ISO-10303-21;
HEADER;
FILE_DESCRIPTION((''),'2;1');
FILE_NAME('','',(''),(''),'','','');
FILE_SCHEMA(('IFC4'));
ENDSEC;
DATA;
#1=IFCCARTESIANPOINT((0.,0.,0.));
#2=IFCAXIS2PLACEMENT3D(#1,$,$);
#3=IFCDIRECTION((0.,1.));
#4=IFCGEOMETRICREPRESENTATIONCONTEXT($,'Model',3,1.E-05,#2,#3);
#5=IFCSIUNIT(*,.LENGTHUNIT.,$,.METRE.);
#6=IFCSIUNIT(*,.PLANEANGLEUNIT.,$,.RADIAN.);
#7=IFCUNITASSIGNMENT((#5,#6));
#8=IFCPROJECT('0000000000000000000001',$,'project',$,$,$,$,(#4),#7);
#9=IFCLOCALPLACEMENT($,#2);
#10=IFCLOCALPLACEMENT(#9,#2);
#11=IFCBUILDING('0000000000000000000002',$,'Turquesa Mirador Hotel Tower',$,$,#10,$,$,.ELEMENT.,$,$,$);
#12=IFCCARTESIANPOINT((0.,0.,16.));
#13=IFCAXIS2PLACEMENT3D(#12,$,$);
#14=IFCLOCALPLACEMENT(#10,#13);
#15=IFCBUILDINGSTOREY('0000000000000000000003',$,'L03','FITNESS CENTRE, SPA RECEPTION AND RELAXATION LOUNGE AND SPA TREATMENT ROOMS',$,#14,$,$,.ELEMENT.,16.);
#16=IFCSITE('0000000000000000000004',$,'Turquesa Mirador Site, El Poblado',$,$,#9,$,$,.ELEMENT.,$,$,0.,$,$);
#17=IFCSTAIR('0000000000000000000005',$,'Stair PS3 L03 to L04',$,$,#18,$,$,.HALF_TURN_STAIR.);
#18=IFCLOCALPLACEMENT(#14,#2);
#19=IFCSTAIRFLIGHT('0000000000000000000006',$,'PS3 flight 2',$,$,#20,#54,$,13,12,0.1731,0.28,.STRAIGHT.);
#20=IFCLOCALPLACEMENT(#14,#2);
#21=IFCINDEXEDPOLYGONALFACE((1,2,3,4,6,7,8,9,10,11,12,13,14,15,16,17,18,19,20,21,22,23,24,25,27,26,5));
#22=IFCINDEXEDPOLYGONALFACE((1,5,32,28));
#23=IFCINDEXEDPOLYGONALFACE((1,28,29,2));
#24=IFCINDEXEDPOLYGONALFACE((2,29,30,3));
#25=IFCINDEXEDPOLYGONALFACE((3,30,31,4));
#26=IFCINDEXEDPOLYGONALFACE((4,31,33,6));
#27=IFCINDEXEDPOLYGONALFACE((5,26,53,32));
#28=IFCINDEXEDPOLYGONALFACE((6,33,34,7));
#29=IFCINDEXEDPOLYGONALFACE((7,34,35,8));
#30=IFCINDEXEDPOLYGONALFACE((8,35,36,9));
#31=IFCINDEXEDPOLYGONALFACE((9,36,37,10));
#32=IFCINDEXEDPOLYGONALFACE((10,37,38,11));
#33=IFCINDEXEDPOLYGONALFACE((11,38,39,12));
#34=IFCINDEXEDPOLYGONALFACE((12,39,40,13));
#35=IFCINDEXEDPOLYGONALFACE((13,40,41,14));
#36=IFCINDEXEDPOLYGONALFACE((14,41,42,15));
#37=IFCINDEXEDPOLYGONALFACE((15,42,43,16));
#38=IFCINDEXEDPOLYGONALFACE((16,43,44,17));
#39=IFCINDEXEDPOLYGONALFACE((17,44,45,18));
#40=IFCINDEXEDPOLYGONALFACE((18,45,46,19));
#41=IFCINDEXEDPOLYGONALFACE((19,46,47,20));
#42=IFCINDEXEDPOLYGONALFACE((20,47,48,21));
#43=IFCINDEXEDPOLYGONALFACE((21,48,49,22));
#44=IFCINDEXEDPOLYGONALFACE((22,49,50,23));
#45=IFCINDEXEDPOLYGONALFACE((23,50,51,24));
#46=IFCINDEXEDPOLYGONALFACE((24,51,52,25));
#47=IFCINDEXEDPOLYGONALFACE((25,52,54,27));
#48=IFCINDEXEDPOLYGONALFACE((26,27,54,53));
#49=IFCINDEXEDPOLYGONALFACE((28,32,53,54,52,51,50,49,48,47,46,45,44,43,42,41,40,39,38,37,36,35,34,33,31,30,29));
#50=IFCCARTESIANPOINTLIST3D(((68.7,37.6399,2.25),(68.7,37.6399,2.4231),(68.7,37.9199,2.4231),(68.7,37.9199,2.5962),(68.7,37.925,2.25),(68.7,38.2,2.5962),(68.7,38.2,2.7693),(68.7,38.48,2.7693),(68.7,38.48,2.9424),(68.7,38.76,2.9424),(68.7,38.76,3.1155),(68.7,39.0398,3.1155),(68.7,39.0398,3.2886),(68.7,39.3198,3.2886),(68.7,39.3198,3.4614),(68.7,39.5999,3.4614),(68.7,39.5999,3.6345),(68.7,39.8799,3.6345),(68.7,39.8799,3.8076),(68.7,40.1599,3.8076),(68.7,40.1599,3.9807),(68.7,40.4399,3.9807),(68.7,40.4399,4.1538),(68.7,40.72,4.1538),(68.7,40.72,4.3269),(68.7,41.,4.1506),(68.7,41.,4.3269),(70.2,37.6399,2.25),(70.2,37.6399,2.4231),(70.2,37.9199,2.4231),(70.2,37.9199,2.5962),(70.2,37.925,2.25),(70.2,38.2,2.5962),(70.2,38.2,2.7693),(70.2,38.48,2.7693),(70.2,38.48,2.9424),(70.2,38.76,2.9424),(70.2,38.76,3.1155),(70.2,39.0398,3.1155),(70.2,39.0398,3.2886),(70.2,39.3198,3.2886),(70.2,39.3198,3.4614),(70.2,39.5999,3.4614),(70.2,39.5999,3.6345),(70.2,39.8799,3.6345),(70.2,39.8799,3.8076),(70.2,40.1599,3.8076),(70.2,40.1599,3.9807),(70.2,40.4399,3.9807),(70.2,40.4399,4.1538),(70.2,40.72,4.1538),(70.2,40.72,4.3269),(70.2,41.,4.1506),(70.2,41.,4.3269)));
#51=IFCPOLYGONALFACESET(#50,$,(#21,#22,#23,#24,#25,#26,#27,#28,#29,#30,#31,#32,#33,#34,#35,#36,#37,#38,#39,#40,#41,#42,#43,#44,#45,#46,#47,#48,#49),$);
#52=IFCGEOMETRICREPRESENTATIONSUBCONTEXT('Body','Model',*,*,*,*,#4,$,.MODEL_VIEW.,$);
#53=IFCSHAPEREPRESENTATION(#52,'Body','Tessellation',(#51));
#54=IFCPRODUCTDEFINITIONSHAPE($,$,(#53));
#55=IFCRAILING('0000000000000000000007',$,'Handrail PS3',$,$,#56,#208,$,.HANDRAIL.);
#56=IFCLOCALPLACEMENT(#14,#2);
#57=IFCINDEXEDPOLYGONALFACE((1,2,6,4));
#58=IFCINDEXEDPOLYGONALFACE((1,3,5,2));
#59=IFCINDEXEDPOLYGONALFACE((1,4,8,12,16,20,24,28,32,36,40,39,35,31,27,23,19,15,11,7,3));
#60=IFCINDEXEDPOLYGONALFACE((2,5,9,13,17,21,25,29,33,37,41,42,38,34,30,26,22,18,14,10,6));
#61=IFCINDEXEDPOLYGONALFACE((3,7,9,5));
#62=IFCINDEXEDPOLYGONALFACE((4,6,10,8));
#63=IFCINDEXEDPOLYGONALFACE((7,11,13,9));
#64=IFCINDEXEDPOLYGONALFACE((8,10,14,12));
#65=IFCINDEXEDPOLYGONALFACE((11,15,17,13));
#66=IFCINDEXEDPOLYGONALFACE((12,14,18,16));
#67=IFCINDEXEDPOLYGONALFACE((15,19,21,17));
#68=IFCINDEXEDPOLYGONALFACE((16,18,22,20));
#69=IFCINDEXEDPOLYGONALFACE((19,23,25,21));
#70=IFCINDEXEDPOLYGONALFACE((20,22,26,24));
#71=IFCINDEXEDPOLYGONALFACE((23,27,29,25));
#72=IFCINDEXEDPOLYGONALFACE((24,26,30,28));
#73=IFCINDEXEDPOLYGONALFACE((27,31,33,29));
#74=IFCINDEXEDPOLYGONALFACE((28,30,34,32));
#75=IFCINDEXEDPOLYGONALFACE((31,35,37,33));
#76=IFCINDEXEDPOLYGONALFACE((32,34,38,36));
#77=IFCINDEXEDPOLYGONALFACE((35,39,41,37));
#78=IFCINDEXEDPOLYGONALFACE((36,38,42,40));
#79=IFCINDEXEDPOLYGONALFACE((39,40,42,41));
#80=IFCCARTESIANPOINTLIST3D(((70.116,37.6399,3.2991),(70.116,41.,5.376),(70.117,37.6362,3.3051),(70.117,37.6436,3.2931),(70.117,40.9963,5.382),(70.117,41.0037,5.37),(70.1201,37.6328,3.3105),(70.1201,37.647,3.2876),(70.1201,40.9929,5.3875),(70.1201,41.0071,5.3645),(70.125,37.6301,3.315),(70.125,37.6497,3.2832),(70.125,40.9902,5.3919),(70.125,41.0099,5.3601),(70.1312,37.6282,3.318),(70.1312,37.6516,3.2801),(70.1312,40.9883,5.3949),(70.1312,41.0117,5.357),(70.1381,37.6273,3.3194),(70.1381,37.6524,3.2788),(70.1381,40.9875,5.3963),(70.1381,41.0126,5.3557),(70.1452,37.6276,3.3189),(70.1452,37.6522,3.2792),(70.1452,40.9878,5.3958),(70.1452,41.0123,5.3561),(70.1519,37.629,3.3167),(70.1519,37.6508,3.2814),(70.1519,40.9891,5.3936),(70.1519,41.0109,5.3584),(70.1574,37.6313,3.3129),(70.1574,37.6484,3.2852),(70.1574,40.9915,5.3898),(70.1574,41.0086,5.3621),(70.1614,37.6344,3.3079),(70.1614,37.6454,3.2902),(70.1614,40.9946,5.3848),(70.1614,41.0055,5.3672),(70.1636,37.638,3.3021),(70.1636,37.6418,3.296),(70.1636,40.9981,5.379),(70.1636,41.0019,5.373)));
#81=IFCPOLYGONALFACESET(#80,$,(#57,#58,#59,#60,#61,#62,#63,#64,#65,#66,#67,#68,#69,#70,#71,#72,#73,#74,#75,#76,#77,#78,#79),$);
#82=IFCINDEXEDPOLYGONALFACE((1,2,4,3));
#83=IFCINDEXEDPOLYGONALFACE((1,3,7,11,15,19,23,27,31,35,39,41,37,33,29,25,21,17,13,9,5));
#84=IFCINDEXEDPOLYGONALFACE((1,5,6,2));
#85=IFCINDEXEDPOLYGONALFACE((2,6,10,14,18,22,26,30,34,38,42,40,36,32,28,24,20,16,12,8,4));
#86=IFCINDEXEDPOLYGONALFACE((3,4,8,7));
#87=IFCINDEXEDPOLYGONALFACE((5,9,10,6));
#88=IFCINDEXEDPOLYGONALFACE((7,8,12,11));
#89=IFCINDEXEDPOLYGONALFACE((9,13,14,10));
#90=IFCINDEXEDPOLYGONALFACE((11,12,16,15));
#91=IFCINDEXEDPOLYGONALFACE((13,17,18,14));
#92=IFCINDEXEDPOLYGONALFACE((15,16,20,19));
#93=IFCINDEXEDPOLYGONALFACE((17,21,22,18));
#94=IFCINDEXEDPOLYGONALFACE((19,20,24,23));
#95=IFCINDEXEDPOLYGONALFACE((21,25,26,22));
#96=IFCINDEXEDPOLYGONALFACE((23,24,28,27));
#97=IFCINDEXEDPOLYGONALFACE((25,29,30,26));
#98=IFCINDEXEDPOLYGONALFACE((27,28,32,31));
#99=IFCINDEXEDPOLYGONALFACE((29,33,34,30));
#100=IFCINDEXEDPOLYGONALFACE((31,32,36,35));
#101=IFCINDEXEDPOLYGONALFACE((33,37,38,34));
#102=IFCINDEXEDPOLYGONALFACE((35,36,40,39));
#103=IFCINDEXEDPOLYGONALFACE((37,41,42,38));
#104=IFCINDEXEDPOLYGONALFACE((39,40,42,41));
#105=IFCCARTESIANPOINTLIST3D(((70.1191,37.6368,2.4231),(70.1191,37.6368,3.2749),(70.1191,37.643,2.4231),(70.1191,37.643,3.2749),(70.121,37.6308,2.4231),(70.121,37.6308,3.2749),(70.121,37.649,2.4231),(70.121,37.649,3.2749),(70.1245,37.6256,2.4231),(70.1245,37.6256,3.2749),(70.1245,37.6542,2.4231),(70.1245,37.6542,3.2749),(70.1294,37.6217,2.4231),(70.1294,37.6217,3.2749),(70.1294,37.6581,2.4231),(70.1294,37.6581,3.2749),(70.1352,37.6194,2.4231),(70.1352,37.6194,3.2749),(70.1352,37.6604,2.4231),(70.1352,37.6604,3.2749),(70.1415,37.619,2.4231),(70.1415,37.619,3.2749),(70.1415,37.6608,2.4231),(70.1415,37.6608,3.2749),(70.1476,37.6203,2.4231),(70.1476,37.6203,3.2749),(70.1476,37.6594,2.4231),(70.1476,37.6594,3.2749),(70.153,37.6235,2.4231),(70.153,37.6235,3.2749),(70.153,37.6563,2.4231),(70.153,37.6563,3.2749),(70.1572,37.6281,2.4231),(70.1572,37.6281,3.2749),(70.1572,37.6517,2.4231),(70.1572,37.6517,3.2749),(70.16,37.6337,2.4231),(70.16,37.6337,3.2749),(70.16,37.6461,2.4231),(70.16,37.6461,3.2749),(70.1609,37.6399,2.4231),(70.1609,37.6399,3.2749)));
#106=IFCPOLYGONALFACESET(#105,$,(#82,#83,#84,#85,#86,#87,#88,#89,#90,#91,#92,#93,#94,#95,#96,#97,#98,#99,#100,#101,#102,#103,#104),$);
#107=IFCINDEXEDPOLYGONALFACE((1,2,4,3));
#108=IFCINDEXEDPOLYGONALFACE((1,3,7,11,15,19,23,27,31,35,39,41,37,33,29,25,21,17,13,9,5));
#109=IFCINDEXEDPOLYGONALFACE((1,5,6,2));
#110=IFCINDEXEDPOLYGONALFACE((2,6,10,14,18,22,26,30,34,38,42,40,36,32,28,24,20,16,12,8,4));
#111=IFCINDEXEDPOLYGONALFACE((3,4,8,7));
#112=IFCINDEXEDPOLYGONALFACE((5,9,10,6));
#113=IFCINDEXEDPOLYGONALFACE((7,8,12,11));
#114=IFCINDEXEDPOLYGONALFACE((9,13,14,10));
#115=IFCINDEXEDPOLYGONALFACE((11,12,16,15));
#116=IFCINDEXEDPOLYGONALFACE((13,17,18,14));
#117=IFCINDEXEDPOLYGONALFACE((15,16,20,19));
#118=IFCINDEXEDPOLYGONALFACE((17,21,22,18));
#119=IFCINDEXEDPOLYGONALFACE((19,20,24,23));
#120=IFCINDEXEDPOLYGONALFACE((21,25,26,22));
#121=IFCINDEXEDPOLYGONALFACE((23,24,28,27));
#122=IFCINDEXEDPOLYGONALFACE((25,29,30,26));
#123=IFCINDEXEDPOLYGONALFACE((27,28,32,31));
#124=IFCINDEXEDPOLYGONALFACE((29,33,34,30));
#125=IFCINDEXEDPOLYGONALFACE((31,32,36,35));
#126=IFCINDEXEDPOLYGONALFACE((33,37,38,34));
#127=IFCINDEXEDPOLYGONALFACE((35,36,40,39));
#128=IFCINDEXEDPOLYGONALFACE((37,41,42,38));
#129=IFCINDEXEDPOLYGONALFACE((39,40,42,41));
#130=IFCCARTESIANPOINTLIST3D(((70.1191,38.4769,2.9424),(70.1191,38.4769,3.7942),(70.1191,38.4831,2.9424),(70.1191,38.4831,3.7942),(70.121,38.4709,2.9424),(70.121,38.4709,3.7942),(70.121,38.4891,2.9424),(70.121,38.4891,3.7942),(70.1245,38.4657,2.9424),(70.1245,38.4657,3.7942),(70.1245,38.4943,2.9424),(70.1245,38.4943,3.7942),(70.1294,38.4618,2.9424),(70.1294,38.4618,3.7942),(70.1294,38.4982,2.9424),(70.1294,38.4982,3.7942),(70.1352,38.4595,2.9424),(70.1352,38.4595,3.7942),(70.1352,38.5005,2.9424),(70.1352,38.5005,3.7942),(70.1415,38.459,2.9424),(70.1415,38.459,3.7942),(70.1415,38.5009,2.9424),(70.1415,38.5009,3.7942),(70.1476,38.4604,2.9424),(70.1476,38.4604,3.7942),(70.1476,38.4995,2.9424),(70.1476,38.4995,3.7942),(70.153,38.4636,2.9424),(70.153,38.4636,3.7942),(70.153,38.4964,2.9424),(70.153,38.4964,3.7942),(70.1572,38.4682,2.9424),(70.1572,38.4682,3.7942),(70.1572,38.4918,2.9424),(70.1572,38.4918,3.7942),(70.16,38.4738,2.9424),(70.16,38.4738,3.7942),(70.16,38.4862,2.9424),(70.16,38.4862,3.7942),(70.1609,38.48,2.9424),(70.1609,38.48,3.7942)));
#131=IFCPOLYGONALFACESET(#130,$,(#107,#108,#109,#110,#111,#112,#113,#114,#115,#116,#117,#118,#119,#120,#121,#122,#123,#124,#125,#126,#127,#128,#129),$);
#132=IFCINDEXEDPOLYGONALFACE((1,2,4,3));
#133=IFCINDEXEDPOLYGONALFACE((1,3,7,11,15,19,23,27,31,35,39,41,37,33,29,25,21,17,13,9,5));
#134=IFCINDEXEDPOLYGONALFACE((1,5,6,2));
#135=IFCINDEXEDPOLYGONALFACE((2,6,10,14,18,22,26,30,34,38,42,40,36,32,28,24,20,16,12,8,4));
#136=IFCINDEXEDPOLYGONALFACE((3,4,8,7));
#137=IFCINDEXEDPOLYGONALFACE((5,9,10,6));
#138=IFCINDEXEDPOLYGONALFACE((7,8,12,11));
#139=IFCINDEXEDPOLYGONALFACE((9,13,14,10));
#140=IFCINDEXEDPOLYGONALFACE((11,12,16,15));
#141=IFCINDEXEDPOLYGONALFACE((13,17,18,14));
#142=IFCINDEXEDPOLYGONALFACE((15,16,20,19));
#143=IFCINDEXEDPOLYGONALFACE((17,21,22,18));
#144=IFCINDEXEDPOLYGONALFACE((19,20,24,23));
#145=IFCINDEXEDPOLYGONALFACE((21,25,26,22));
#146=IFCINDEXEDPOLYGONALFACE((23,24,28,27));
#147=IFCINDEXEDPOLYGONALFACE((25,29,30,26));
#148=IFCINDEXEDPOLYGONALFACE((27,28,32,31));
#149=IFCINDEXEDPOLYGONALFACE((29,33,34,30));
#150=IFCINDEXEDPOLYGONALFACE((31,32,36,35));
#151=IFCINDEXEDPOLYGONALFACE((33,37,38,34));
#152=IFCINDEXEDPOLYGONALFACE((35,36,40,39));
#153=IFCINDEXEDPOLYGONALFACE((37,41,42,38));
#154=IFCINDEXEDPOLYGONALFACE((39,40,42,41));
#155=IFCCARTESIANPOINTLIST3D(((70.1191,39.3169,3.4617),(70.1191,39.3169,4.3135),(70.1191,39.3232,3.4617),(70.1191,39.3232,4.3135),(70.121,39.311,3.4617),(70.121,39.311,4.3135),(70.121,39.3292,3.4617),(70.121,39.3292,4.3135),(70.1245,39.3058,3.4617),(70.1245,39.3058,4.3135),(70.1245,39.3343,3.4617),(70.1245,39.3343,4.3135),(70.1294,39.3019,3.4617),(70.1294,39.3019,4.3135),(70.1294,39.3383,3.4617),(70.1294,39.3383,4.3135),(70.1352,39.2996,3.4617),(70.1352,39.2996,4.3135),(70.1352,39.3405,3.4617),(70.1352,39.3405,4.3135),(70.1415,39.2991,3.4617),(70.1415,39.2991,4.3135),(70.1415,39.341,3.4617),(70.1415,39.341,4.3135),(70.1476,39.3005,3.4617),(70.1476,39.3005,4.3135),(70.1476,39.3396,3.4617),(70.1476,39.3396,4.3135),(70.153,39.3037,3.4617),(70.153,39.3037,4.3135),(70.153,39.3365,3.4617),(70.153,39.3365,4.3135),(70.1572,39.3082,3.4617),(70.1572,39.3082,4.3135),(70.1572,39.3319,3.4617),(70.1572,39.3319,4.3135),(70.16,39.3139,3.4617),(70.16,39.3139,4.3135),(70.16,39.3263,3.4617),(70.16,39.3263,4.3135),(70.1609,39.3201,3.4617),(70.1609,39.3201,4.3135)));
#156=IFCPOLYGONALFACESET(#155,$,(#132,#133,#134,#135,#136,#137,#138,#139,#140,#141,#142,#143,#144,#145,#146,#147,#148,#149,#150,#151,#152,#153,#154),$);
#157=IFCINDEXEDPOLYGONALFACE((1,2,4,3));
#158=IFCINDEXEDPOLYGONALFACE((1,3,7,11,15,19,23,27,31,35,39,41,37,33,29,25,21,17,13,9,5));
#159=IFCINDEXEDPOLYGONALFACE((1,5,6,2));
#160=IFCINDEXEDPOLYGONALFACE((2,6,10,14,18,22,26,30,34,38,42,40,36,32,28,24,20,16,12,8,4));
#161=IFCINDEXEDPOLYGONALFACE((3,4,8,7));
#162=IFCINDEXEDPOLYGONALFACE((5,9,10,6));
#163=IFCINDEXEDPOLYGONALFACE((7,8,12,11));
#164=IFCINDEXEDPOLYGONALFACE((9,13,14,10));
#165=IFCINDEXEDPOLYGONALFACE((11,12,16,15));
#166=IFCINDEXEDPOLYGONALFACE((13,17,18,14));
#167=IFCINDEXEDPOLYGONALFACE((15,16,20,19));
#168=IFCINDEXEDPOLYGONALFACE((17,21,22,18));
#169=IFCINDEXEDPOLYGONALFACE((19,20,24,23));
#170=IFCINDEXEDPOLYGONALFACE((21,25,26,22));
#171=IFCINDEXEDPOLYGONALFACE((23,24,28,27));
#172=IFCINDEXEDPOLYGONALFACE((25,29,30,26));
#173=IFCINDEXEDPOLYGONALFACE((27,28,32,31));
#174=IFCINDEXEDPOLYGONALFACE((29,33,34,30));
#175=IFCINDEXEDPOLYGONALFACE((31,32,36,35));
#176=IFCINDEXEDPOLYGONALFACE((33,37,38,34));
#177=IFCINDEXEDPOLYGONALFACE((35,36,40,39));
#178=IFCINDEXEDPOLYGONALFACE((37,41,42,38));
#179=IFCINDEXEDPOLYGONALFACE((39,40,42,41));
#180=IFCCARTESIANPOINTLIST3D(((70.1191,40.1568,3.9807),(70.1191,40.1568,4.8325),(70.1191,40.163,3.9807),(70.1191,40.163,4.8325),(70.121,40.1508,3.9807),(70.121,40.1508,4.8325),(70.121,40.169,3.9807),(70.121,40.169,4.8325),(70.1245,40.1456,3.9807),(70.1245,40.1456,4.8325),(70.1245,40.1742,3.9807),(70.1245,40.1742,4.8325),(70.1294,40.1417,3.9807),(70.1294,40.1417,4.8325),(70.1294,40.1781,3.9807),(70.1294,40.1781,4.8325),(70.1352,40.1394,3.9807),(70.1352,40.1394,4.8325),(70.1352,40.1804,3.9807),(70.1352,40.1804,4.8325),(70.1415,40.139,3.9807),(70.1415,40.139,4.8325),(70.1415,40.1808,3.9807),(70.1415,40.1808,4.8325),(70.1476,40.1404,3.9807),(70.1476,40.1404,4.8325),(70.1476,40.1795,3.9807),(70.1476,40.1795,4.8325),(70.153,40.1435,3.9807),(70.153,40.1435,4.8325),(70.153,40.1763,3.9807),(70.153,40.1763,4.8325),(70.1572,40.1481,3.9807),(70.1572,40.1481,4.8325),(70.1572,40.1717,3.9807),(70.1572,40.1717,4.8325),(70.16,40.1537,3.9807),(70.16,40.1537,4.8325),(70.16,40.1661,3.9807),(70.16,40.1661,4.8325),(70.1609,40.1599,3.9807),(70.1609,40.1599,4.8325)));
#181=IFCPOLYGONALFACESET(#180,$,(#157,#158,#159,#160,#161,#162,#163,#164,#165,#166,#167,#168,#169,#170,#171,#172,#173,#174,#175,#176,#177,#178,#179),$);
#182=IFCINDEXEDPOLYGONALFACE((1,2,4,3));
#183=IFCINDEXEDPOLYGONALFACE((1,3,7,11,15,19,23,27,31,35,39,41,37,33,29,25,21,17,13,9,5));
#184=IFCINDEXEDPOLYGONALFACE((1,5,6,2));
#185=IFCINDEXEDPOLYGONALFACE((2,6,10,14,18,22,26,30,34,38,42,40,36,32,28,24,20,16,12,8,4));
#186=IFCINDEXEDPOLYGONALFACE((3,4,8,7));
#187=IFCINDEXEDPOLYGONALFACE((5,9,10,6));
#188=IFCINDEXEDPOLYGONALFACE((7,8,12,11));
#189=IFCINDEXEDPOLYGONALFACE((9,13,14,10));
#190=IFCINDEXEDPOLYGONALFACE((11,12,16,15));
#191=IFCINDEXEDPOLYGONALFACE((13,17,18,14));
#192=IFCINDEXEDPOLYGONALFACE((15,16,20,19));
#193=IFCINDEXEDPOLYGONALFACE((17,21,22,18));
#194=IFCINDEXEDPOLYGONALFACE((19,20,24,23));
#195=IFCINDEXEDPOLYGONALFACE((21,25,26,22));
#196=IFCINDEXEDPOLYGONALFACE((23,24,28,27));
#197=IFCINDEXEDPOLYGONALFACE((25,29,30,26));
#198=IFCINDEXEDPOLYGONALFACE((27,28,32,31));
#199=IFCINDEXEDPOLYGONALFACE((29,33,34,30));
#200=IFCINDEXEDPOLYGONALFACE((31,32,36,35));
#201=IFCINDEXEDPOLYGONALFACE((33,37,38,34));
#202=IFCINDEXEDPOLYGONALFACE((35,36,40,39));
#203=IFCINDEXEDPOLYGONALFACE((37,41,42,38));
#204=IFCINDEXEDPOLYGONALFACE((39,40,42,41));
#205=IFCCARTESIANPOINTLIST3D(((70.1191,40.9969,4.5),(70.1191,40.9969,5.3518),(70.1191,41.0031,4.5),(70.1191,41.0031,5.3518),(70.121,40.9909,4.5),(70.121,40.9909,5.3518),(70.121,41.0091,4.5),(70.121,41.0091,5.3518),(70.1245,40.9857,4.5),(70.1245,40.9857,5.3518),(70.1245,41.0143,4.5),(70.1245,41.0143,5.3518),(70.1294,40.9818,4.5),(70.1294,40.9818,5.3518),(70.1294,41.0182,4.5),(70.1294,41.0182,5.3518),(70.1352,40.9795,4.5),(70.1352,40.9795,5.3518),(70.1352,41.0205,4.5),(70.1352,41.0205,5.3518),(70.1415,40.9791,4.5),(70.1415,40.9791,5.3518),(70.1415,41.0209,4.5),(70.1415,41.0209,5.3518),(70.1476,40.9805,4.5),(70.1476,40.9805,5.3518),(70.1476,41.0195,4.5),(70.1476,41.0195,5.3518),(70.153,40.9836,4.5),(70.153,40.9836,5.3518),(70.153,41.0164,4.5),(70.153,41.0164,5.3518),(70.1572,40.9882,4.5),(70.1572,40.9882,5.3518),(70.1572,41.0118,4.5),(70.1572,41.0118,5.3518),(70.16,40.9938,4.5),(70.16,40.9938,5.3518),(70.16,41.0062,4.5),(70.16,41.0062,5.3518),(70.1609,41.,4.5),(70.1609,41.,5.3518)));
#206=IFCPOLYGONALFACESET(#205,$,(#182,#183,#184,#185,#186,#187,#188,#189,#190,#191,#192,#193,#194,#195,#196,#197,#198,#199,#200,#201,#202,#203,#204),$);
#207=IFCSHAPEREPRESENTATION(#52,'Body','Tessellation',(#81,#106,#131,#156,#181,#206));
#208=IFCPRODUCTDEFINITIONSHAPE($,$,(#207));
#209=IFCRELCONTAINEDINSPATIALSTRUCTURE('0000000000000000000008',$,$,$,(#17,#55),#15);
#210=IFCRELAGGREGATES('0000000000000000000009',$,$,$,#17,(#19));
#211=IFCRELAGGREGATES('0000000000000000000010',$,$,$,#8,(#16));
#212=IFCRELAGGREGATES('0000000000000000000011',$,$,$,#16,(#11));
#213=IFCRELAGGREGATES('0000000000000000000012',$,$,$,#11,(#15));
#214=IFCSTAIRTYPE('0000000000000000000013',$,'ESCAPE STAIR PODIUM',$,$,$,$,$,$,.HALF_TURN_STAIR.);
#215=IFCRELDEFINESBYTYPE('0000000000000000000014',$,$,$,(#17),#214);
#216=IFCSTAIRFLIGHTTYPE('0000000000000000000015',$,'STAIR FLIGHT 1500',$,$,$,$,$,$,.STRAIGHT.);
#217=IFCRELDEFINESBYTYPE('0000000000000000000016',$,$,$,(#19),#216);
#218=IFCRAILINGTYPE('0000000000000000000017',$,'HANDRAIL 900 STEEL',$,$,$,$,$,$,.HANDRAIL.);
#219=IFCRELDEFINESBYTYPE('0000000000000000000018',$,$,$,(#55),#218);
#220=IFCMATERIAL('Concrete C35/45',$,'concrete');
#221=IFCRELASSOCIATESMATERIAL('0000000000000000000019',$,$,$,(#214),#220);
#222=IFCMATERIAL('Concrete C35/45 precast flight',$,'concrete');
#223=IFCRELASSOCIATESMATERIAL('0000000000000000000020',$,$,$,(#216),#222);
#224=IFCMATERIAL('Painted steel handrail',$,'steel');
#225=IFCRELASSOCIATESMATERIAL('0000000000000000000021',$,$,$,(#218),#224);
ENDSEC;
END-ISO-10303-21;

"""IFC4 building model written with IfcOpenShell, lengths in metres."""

from ifc_helpers import new_model, si_unit, direction, frame, origin, origin_2d, place, context, subcontext, project, spatial, polyline, circle, outline, extrude, material, type_object, element, aggregate, save


model = new_model("IFC4")

# Units and contexts
model_context = context("Model", 3, precision=1e-05, world=origin(), true_north=direction((0.0, 1.0)))
body_context = subcontext(model_context, "Body", "Model", "MODEL_VIEW")
ifc_project = project(units=[si_unit("LENGTHUNIT", "METRE"), si_unit("PLANEANGLEUNIT", "RADIAN")], contexts=[model_context])

# Site, building, storey
site_placement = place(None, origin())
site = spatial("IfcSite", under=ifc_project, at=site_placement, Name="Turquesa Mirador Site, El Poblado", CompositionType="ELEMENT", RefElevation=0.0)
building_placement = place(site_placement, origin())
building = spatial("IfcBuilding", under=site, at=building_placement, Name="Turquesa Mirador Hotel Tower", CompositionType="ELEMENT")
storey_placement = place(building_placement, frame((0.0, 0.0, 16.0)))
storey = spatial("IfcBuildingStorey", under=building, at=storey_placement, Name="L03", Description="FITNESS CENTRE, SPA RECEPTION AND RELAXATION LOUNGE AND SPA TREATMENT ROOMS", CompositionType="ELEMENT", Elevation=16.0)

# Stair, stair flight
ifc_material_1 = material(Name="Concrete C35/45", Category="concrete")
stair_type = type_object("IfcStairType", Name="ESCAPE STAIR PODIUM", PredefinedType="HALF_TURN_STAIR", material=ifc_material_1)
stair_placement = place(storey_placement, origin())
stair = element("IfcStair", 1, at=stair_placement, inside=storey, type_object=stair_type, Name="Stair PS3 L03 to L04", PredefinedType="HALF_TURN_STAIR")
ifc_material_2 = material(Name="Concrete C35/45 precast flight", Category="concrete")
stair_flight_type = type_object("IfcStairFlightType", Name="STAIR FLIGHT 1500", PredefinedType="STRAIGHT", material=ifc_material_2)
stair_flight_1_placement = place(storey_placement, frame((69.45, 37.6399, 2.25), z_axis=(0.0, 0.0, 1.0), x_axis=(0.0, 1.0, 0.0)))
stair_flight_1 = element("IfcStairFlight", 2, at=stair_flight_1_placement, type_object=stair_flight_type, Name="PS3 flight 2", NumberOfRisers=13, NumberOfTreads=12, PredefinedType="STRAIGHT", RiserHeight=0.1731, TreadLength=0.28, context=body_context, shape_type="SweptSolid", body=[
    extrude(outline(polyline([(0.0, 0.0), (0.0, 0.1731), (0.28, 0.1731), (0.28, 0.3462), (0.5601, 0.3462), (0.5601, 0.5193), (0.8401, 0.5193), (0.8401, 0.6924), (1.1201, 0.6924), (1.1201, 0.8655), (1.3999, 0.8655), (1.3999, 1.0386), (1.6799, 1.0386), (1.6799, 1.2114), (1.96, 1.2114), (1.96, 1.3845), (2.24, 1.3845), (2.24, 1.5576), (2.52, 1.5576), (2.52, 1.7307), (2.8, 1.7307), (2.8, 1.9038), (3.0801, 1.9038), (3.0801, 2.0769), (3.3601, 2.0769), (3.3601, 2.25), (3.3601, 1.9006), (0.2852, 0.0), (0.0, 0.0)])), frame((0.0, 0.75, 0.0), z_axis=(0.0, -1.0, 0.0), x_axis=(1.0, 0.0, 0.0)), (0.0, 0.0, 1.0), 1.5),
])
aggregate(stair, [stair_flight_1])

# Railing
ifc_material_3 = material(Name="Painted steel handrail", Category="steel")
railing_type = type_object("IfcRailingType", Name="HANDRAIL 900 STEEL", PredefinedType="HANDRAIL", material=ifc_material_3)
railing_placement = place(storey_placement, frame((70.1399, 37.6399, 2.4231)))
element("IfcRailing", 3, at=railing_placement, inside=storey, type_object=railing_type, Name="Handrail PS3", PredefinedType="HANDRAIL", context=body_context, shape_type="SweptSolid", body=[
    extrude(circle(Radius=0.0239, at=origin_2d()), frame((0.0, 0.0, 0.876), z_axis=(0.0, 0.850623, 0.525776), x_axis=(-1.0, 0.0, 0.0)), (0.0, 0.0, 1.0), 3.9502),
    extrude(circle(Radius=0.021, at=origin_2d()), origin(), (0.0, 0.0, 1.0), 0.8518),
    extrude(circle(Radius=0.021, at=origin_2d()), frame((0.0, 0.8401, 0.5193)), (0.0, 0.0, 1.0), 0.8518),
    extrude(circle(Radius=0.021, at=origin_2d()), frame((0.0, 1.6802, 1.0386)), (0.0, 0.0, 1.0), 0.8518),
    extrude(circle(Radius=0.021, at=origin_2d()), frame((0.0, 2.52, 1.5576)), (0.0, 0.0, 1.0), 0.8518),
    extrude(circle(Radius=0.021, at=origin_2d()), frame((0.0, 3.3601, 2.0769)), (0.0, 0.0, 1.0), 0.8518),
])

save(model, "model.ifc")
